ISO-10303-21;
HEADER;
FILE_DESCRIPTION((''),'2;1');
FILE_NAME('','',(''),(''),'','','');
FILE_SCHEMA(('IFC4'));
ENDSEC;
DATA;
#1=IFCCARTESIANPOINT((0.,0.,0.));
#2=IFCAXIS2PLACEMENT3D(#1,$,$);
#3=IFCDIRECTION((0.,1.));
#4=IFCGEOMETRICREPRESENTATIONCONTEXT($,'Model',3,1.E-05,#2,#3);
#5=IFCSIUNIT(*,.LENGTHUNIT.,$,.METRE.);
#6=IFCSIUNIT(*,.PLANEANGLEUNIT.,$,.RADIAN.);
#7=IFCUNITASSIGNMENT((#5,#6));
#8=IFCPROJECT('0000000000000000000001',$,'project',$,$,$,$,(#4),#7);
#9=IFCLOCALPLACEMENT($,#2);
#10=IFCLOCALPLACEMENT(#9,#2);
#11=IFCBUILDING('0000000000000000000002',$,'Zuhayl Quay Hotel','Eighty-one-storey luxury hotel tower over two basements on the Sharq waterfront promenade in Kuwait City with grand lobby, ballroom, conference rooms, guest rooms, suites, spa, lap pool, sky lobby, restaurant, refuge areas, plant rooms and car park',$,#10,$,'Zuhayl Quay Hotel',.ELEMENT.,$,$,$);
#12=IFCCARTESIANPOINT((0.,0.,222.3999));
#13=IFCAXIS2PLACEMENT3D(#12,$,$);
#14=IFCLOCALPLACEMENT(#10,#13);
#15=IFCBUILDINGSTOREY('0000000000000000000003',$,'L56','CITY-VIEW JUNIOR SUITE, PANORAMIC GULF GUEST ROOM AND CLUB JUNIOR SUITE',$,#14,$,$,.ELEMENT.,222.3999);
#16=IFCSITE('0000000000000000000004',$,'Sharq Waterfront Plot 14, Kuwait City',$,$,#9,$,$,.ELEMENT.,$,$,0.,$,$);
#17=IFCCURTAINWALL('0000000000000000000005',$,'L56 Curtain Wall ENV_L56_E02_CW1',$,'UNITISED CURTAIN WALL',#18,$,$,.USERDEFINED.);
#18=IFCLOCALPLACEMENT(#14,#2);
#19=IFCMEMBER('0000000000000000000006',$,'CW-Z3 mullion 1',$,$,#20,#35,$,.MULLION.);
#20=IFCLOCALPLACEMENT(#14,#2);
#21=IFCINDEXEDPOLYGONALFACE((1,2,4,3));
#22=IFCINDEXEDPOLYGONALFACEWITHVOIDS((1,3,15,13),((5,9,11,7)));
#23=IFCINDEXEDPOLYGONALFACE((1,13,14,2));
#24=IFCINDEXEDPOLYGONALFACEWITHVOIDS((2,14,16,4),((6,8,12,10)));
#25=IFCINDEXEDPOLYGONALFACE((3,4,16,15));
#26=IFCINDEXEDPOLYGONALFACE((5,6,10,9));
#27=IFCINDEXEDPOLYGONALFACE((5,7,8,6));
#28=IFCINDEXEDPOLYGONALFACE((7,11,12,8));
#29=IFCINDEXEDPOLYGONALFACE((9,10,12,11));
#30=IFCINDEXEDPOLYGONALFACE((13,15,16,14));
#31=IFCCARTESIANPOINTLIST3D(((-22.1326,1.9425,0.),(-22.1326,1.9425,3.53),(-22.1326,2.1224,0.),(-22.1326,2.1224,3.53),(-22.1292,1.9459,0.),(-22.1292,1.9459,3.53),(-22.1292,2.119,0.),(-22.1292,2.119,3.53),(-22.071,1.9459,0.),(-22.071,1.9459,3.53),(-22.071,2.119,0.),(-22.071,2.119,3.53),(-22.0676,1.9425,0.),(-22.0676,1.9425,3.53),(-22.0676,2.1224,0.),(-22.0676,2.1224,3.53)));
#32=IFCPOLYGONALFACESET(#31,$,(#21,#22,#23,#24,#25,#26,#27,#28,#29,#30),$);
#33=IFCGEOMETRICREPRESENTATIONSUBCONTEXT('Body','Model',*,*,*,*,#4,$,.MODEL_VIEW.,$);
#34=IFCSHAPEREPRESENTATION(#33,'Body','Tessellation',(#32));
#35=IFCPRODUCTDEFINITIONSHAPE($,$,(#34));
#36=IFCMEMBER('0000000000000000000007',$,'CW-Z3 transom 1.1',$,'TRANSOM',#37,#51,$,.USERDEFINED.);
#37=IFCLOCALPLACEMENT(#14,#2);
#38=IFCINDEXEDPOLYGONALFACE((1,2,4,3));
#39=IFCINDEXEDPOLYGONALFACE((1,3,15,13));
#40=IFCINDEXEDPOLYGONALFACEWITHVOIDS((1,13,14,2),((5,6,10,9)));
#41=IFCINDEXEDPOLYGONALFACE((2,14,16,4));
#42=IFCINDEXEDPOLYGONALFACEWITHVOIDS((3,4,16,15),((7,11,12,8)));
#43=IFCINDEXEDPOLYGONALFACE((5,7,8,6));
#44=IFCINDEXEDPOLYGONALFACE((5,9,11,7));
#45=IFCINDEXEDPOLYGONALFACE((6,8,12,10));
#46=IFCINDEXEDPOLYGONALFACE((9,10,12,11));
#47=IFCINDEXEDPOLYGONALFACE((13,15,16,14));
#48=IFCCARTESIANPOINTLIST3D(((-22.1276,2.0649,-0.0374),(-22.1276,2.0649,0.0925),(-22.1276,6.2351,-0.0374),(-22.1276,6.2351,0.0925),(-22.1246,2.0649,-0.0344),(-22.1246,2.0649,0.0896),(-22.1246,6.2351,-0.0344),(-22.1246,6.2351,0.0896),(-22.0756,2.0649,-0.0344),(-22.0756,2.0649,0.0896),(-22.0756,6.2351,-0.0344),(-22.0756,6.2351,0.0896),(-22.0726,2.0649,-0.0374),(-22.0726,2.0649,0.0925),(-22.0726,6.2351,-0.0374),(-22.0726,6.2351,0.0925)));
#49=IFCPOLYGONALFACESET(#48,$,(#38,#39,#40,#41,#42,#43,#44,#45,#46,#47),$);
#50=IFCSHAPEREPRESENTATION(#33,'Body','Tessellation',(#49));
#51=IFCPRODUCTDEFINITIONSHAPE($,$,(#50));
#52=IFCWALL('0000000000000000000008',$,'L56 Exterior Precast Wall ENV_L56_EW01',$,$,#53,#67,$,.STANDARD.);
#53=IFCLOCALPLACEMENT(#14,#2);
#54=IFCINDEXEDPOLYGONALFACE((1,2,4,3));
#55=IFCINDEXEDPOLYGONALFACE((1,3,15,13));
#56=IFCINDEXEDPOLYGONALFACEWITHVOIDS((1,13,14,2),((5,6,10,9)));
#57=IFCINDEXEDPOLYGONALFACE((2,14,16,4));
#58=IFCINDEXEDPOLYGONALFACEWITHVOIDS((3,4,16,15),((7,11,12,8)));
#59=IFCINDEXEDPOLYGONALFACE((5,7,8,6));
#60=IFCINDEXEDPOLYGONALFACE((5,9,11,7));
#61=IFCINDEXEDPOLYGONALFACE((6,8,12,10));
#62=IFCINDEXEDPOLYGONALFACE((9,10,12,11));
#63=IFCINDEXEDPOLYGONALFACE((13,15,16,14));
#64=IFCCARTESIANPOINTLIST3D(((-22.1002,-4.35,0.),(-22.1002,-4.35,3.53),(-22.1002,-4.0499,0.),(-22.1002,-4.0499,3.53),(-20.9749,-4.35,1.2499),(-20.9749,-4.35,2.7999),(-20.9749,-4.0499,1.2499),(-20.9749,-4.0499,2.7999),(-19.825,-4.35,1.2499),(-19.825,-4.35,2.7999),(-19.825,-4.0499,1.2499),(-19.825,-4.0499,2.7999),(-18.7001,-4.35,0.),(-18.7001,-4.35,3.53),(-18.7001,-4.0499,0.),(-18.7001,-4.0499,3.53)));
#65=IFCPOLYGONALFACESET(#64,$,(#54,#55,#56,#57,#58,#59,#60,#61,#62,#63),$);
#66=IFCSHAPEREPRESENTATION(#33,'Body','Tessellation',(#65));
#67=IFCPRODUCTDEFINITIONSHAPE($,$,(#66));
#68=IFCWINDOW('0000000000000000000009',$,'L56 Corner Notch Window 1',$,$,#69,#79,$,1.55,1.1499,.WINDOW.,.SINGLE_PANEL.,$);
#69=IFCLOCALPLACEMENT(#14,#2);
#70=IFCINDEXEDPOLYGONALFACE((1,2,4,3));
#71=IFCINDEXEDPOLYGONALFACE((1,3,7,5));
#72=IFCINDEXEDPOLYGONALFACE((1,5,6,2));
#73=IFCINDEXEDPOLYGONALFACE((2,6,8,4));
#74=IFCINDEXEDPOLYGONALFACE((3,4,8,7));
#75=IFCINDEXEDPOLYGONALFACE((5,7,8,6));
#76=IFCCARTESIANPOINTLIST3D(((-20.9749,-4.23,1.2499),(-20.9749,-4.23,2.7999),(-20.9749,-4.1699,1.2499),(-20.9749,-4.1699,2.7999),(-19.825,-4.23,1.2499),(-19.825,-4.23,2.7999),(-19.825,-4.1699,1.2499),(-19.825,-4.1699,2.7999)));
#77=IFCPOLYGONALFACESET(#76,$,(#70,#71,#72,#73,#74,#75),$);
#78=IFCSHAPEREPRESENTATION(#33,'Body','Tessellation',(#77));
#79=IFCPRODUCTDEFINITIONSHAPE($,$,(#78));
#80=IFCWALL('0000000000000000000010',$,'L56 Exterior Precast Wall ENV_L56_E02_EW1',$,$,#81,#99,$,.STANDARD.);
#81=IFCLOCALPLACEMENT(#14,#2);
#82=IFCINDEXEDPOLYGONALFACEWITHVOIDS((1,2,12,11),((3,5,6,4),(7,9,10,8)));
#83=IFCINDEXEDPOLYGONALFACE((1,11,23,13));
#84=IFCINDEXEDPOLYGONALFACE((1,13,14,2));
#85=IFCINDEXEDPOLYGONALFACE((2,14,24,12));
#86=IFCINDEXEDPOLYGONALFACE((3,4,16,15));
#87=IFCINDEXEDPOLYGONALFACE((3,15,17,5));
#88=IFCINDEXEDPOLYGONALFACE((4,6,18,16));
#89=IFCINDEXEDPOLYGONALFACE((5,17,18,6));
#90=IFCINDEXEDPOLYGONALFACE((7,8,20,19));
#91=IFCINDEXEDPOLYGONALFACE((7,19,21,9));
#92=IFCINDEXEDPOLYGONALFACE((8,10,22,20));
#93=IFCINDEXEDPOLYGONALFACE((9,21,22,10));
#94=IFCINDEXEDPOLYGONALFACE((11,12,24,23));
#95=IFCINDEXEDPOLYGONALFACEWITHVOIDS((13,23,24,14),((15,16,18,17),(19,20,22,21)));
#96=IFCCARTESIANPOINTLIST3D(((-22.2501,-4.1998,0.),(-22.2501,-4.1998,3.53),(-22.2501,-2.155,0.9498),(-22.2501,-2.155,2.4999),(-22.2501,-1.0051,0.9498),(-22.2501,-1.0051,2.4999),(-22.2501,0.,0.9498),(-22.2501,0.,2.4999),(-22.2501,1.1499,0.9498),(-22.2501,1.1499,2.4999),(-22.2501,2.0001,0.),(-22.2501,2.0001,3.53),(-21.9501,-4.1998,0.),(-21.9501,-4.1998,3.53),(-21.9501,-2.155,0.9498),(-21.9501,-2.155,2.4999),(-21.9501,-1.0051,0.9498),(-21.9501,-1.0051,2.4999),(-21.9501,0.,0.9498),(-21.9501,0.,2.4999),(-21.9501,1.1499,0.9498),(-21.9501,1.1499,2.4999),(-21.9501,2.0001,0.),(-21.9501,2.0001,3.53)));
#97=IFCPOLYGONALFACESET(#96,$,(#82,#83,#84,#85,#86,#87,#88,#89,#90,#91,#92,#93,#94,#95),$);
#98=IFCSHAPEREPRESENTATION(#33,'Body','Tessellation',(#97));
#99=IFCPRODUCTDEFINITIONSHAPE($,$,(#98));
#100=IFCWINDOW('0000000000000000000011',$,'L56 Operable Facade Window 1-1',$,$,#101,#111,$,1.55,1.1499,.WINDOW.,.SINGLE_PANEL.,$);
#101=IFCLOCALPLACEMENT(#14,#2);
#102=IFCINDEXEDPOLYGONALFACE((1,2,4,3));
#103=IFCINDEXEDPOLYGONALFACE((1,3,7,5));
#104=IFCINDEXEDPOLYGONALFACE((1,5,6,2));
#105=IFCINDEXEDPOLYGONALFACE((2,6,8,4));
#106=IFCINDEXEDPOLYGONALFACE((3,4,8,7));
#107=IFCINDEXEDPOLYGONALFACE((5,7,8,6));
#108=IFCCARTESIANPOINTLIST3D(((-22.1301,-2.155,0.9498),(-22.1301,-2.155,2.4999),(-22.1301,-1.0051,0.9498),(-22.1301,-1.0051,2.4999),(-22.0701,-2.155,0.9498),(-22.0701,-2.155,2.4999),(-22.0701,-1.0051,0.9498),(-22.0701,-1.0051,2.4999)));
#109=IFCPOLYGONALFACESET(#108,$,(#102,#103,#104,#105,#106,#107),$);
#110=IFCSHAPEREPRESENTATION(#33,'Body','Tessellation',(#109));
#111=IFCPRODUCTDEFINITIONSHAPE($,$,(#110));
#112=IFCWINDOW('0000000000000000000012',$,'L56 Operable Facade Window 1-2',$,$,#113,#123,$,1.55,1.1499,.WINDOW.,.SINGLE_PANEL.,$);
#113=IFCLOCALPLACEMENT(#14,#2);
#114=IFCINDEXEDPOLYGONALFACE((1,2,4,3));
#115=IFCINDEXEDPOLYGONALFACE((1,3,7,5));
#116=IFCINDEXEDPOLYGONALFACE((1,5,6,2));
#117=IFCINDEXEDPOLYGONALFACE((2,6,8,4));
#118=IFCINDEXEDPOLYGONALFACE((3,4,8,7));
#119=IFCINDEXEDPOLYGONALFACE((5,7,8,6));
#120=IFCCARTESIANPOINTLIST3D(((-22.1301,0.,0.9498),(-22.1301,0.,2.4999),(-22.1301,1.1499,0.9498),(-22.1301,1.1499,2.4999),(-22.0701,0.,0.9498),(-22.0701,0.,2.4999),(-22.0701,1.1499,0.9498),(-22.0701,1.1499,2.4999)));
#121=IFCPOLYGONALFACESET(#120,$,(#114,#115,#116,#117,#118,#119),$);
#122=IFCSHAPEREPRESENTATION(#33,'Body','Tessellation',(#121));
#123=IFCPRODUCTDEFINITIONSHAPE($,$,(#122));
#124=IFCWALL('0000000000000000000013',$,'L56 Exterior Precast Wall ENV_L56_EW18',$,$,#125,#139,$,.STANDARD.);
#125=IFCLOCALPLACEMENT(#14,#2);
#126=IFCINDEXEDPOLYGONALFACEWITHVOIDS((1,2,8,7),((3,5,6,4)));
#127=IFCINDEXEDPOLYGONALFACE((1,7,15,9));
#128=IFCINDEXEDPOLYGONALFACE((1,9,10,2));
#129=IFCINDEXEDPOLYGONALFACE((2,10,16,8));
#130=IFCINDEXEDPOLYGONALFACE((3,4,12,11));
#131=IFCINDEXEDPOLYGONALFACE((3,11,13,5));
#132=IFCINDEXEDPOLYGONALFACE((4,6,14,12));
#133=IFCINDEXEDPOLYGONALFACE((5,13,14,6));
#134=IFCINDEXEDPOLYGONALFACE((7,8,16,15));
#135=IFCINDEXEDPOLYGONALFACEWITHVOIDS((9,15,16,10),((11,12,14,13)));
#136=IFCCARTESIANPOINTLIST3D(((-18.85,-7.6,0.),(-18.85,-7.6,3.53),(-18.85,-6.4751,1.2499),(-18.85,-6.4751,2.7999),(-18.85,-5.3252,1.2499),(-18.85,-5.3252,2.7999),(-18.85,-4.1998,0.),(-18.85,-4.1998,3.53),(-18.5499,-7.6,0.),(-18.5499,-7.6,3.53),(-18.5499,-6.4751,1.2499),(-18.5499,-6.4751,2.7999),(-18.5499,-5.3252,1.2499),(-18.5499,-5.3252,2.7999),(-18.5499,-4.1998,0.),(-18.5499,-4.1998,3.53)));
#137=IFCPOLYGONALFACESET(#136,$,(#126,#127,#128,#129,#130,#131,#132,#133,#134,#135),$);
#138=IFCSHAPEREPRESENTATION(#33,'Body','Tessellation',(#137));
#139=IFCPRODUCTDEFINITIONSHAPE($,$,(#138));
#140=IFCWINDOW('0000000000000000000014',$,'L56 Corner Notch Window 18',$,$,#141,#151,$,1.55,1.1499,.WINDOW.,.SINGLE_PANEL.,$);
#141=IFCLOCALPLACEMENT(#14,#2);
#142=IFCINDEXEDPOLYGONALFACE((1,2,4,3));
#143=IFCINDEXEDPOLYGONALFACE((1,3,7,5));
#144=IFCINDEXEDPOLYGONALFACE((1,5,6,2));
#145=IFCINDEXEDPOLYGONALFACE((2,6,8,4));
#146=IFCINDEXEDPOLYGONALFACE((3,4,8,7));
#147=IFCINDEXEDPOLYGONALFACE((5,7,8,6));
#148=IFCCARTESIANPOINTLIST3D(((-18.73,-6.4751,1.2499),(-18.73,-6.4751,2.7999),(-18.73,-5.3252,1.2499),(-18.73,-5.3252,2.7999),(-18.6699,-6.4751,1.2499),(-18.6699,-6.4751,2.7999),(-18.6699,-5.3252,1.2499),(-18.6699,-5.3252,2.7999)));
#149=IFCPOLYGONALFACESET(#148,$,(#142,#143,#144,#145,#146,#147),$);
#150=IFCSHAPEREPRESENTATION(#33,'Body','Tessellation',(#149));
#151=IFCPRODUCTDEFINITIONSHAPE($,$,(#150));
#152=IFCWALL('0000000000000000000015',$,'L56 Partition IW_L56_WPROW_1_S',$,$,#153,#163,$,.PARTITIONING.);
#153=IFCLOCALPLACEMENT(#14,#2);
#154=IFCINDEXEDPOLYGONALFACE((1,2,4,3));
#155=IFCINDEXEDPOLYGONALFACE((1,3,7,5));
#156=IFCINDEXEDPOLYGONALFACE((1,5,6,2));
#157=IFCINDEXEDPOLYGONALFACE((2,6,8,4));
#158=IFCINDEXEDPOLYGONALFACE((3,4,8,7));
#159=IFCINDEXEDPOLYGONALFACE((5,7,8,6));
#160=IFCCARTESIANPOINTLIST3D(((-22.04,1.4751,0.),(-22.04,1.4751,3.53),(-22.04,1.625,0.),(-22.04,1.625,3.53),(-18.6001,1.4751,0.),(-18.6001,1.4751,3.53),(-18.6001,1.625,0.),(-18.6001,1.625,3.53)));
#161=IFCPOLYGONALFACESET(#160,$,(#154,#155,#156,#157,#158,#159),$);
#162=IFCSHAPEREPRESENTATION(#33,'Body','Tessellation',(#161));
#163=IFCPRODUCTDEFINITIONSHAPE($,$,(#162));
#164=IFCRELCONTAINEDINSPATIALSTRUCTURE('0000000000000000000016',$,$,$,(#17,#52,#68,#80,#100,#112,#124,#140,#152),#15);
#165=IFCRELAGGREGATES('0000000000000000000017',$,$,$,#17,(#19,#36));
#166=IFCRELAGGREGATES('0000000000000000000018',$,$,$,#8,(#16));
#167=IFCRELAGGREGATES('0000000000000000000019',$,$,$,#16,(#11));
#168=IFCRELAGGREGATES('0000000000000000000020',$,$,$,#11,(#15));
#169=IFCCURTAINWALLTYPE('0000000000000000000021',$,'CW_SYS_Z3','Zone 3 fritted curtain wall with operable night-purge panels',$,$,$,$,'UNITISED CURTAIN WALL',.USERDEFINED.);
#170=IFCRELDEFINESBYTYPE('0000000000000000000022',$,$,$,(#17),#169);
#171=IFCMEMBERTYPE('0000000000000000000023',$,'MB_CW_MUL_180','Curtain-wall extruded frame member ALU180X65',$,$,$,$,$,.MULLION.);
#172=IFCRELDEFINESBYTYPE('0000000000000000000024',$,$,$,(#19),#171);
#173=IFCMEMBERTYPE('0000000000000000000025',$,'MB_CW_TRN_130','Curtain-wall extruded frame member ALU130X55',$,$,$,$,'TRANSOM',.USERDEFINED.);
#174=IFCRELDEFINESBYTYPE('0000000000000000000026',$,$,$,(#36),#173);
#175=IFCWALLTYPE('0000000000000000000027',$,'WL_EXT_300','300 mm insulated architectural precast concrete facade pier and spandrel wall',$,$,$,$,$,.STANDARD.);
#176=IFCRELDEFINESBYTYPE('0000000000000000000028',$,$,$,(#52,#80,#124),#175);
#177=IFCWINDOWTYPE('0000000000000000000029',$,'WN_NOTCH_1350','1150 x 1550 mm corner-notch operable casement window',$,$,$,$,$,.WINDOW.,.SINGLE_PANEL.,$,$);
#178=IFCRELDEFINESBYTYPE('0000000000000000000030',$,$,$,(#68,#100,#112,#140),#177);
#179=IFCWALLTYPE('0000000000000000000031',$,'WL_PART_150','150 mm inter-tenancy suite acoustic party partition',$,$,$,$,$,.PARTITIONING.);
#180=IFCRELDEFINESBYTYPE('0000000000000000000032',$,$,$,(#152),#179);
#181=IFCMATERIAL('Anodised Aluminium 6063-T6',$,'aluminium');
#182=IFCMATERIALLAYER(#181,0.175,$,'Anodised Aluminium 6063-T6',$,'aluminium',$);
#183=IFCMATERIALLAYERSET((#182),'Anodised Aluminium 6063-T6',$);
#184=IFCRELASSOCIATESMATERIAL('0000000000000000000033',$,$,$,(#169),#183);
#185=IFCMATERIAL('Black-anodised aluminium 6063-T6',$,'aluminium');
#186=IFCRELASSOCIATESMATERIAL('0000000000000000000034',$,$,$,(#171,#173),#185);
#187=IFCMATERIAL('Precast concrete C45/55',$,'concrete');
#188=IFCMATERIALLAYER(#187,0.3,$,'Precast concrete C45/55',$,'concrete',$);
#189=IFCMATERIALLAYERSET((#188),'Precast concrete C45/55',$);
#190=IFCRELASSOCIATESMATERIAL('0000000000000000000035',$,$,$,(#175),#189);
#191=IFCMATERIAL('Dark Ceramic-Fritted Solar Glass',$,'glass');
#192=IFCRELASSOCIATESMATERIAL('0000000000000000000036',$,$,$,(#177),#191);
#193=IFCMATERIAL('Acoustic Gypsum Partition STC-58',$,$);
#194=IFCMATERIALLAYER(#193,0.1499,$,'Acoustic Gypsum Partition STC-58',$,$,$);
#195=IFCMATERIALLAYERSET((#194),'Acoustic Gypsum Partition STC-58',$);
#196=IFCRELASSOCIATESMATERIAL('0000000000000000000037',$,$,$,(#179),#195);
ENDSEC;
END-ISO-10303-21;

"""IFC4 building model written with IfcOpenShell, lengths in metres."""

from ifc_helpers import new_model, si_unit, direction, frame, frame_2d, origin, origin_2d, place, context, subcontext, project, spatial, rectangle, hollow_rectangle, extrude, material, layer, layer_set, material_profile, profile_set, type_object, element, fill, aggregate, save


model = new_model("IFC4")

# Units and contexts
model_context = context("Model", 3, precision=1e-05, world=origin(), true_north=direction((0.0, 1.0)))
body_context = subcontext(model_context, "Body", "Model", "MODEL_VIEW")
ifc_project = project(units=[si_unit("LENGTHUNIT", "METRE"), si_unit("PLANEANGLEUNIT", "RADIAN")], contexts=[model_context])

# Site, building, storey
site_placement = place(None, origin())
site = spatial("IfcSite", under=ifc_project, at=site_placement, Name="Sharq Waterfront Plot 14, Kuwait City", CompositionType="ELEMENT", RefElevation=0.0)
building_placement = place(site_placement, origin())
building = spatial("IfcBuilding", under=site, at=building_placement, Name="Zuhayl Quay Hotel", Description="Eighty-one-storey luxury hotel tower over two basements on the Sharq waterfront promenade in Kuwait City with grand lobby, ballroom, conference rooms, guest rooms, suites, spa, lap pool, sky lobby, restaurant, refuge areas, plant rooms and car park", LongName="Zuhayl Quay Hotel", CompositionType="ELEMENT")
storey_placement = place(building_placement, frame((0.0, 0.0, 222.3999)))
storey = spatial("IfcBuildingStorey", under=building, at=storey_placement, Name="L56", Description="CITY-VIEW JUNIOR SUITE, PANORAMIC GULF GUEST ROOM AND CLUB JUNIOR SUITE", CompositionType="ELEMENT", Elevation=222.3999)

# Curtain wall, members
ifc_material_1 = material(Name="Anodised Aluminium 6063-T6", Category="aluminium")
ifc_layer_1 = layer(ifc_material_1, 0.175, Name="Anodised Aluminium 6063-T6", Category="aluminium")
ifc_layer_set_1 = layer_set([ifc_layer_1], Name="Anodised Aluminium 6063-T6")
curtain_wall_type = type_object("IfcCurtainWallType", Name="CW_SYS_Z3", Description="Zone 3 fritted curtain wall with operable night-purge panels", ElementType="UNITISED CURTAIN WALL", PredefinedType="USERDEFINED", material=ifc_layer_set_1)
curtain_wall_placement = place(storey_placement, origin())
curtain_wall = element("IfcCurtainWall", 1, at=curtain_wall_placement, inside=storey, type_object=curtain_wall_type, Name="L56 Curtain Wall ENV_L56_E02_CW1", ObjectType="UNITISED CURTAIN WALL", PredefinedType="USERDEFINED")
ifc_material_2 = material(Name="Black-anodised aluminium 6063-T6", Category="aluminium")
ifc_material_profile_1 = material_profile(ifc_material_2, hollow_rectangle(XDim=0.0649, YDim=0.1799, WallThickness=0.0034, at=origin_2d()), Name="ALU180X65")
ifc_profile_set_1 = profile_set([ifc_material_profile_1], Name="Black-anodised aluminium 6063-T6")
member_type_1 = type_object("IfcMemberType", Name="MB_CW_MUL_180", Description="Curtain-wall extruded frame member ALU180X65", PredefinedType="MULLION", material=ifc_profile_set_1)
member_1_placement = place(storey_placement, frame((-22.1001, 2.0325, 0.0), z_axis=(0.0, 0.0, 1.0), x_axis=(-1.0, 0.0, 0.0)))
member_1 = element("IfcMember", 2, at=member_1_placement, type_object=member_type_1, Name="CW-Z3 mullion 1", PredefinedType="MULLION", context=body_context, shape_type="SweptSolid", body=[
    extrude(hollow_rectangle(XDim=0.0649, YDim=0.1799, WallThickness=0.0034, at=origin_2d()), origin(), (0.0, 0.0, 1.0), 3.53),
])
ifc_material_profile_2 = material_profile(ifc_material_2, hollow_rectangle(XDim=0.0549, YDim=0.1299, WallThickness=0.0029, at=origin_2d()), Name="ALU130X55")
ifc_profile_set_2 = profile_set([ifc_material_profile_2], Name="Black-anodised aluminium 6063-T6")
member_type_2 = type_object("IfcMemberType", Name="MB_CW_TRN_130", Description="Curtain-wall extruded frame member ALU130X55", ElementType="TRANSOM", PredefinedType="USERDEFINED", material=ifc_profile_set_2)
member_2_placement = place(storey_placement, frame((-22.1001, 2.0649, 0.0276), z_axis=(0.0, 1.0, 0.0), x_axis=(-1.0, 0.0, 0.0)))
member_2 = element("IfcMember", 3, at=member_2_placement, type_object=member_type_2, Name="CW-Z3 transom 1.1", ObjectType="TRANSOM", PredefinedType="USERDEFINED", context=body_context, shape_type="SweptSolid", body=[
    extrude(hollow_rectangle(XDim=0.0549, YDim=0.1299, WallThickness=0.0029, at=origin_2d()), origin(), (0.0, 0.0, 1.0), 4.1702),
])
aggregate(curtain_wall, [member_1, member_2])

# Wall, opening, window
ifc_material_3 = material(Name="Precast concrete C45/55", Category="concrete")
ifc_layer_2 = layer(ifc_material_3, 0.3, Name="Precast concrete C45/55", Category="concrete")
ifc_layer_set_2 = layer_set([ifc_layer_2], Name="Precast concrete C45/55")
wall_type_1 = type_object("IfcWallType", Name="WL_EXT_300", Description="300 mm insulated architectural precast concrete facade pier and spandrel wall", PredefinedType="STANDARD", material=ifc_layer_set_2)
wall_1_placement = place(storey_placement, frame((-18.7, -4.2, 0.0), z_axis=(0.0, 0.0, 1.0), x_axis=(-1.0, 0.0, 0.0)))
wall_1 = element("IfcWall", 4, at=wall_1_placement, inside=storey, type_object=wall_type_1, Name="L56 Exterior Precast Wall ENV_L56_EW01", PredefinedType="STANDARD", context=body_context, shape_type="SweptSolid", body=[
    extrude(rectangle(XDim=3.4001, YDim=0.3, at=frame_2d((1.7002, 0.0))), origin(), (0.0, 0.0, 1.0), 3.53),
])
opening_1_placement = place(wall_1_placement, frame((1.125, 0.0, 1.25)))
opening_1 = element("IfcOpeningElement", 5, at=opening_1_placement, cuts=wall_1, PredefinedType="OPENING", context=body_context, shape_type="SweptSolid", body=[
    extrude(rectangle(XDim=1.1499, YDim=1.55, at=frame_2d((0.575, 0.7749))), frame((0.0, 0.1599, 0.0), z_axis=(0.0, -1.0, 0.0), x_axis=(1.0, 0.0, 0.0)), (0.0, 0.0, 1.0), 0.3201),
])
ifc_material_4 = material(Name="Dark Ceramic-Fritted Solar Glass", Category="glass")
window_type = type_object("IfcWindowType", Name="WN_NOTCH_1350", Description="1150 x 1550 mm corner-notch operable casement window", PartitioningType="SINGLE_PANEL", PredefinedType="WINDOW", material=ifc_material_4)
window_1_placement = place(opening_1_placement, origin())
window_1 = element("IfcWindow", 6, at=window_1_placement, inside=storey, type_object=window_type, Name="L56 Corner Notch Window 1", OverallHeight=1.55, OverallWidth=1.1499, PartitioningType="SINGLE_PANEL", PredefinedType="WINDOW", context=body_context, shape_type="SweptSolid", body=[
    extrude(rectangle(XDim=1.1499, YDim=1.55, at=frame_2d((0.575, 0.7749))), frame((0.0, 0.03, 0.0), z_axis=(0.0, -1.0, 0.0), x_axis=(1.0, 0.0, 0.0)), (0.0, 0.0, 1.0), 0.0601),
])
fill(opening_1, window_1)

# Wall, openings, windows
wall_2_placement = place(storey_placement, frame((-22.1001, -4.2, 0.0), z_axis=(0.0, 0.0, 1.0), x_axis=(0.0, 1.0, 0.0)))
wall_2 = element("IfcWall", 7, at=wall_2_placement, inside=storey, type_object=wall_type_1, Name="L56 Exterior Precast Wall ENV_L56_E02_EW1", PredefinedType="STANDARD", context=body_context, shape_type="SweptSolid", body=[
    extrude(rectangle(XDim=6.2, YDim=0.3, at=frame_2d((3.1001, 0.0))), origin(), (0.0, 0.0, 1.0), 3.53),
])
opening_2_placement = place(wall_2_placement, frame((2.0449, 0.0, 0.95)))
opening_2 = element("IfcOpeningElement", 8, at=opening_2_placement, cuts=wall_2, PredefinedType="OPENING", context=body_context, shape_type="SweptSolid", body=[
    extrude(rectangle(XDim=1.1499, YDim=1.55, at=frame_2d((0.575, 0.7749))), frame((0.0, 0.1599, 0.0), z_axis=(0.0, -1.0, 0.0), x_axis=(1.0, 0.0, 0.0)), (0.0, 0.0, 1.0), 0.3201),
])
opening_3_placement = place(wall_2_placement, frame((4.2, 0.0, 0.95)))
opening_3 = element("IfcOpeningElement", 9, at=opening_3_placement, cuts=wall_2, PredefinedType="OPENING", context=body_context, shape_type="SweptSolid", body=[
    extrude(rectangle(XDim=1.1499, YDim=1.55, at=frame_2d((0.575, 0.7749))), frame((0.0, 0.1599, 0.0), z_axis=(0.0, -1.0, 0.0), x_axis=(1.0, 0.0, 0.0)), (0.0, 0.0, 1.0), 0.3201),
])
window_2_placement = place(opening_2_placement, origin())
window_2 = element("IfcWindow", 10, at=window_2_placement, inside=storey, type_object=window_type, Name="L56 Operable Facade Window 1-1", OverallHeight=1.55, OverallWidth=1.1499, PartitioningType="SINGLE_PANEL", PredefinedType="WINDOW", context=body_context, shape_type="SweptSolid", body=[
    extrude(rectangle(XDim=1.1499, YDim=1.55, at=frame_2d((0.575, 0.7749))), frame((0.0, 0.03, 0.0), z_axis=(0.0, -1.0, 0.0), x_axis=(1.0, 0.0, 0.0)), (0.0, 0.0, 1.0), 0.0601),
])
fill(opening_2, window_2)
window_3_placement = place(opening_3_placement, origin())
window_3 = element("IfcWindow", 11, at=window_3_placement, inside=storey, type_object=window_type, Name="L56 Operable Facade Window 1-2", OverallHeight=1.55, OverallWidth=1.1499, PartitioningType="SINGLE_PANEL", PredefinedType="WINDOW", context=body_context, shape_type="SweptSolid", body=[
    extrude(rectangle(XDim=1.1499, YDim=1.55, at=frame_2d((0.575, 0.7749))), frame((0.0, 0.03, 0.0), z_axis=(0.0, -1.0, 0.0), x_axis=(1.0, 0.0, 0.0)), (0.0, 0.0, 1.0), 0.0601),
])
fill(opening_3, window_3)

# Wall, opening, window
wall_3_placement = place(storey_placement, frame((-18.7, -7.6001, 0.0), z_axis=(0.0, 0.0, 1.0), x_axis=(0.0, 1.0, 0.0)))
wall_3 = element("IfcWall", 12, at=wall_3_placement, inside=storey, type_object=wall_type_1, Name="L56 Exterior Precast Wall ENV_L56_EW18", PredefinedType="STANDARD", context=body_context, shape_type="SweptSolid", body=[
    extrude(rectangle(XDim=3.4001, YDim=0.3, at=frame_2d((1.7002, 0.0))), origin(), (0.0, 0.0, 1.0), 3.53),
])
opening_4_placement = place(wall_3_placement, frame((1.125, 0.0, 1.25)))
opening_4 = element("IfcOpeningElement", 13, at=opening_4_placement, cuts=wall_3, PredefinedType="OPENING", context=body_context, shape_type="SweptSolid", body=[
    extrude(rectangle(XDim=1.1499, YDim=1.55, at=frame_2d((0.575, 0.7749))), frame((0.0, 0.1599, 0.0), z_axis=(0.0, -1.0, 0.0), x_axis=(1.0, 0.0, 0.0)), (0.0, 0.0, 1.0), 0.3201),
])
window_4_placement = place(opening_4_placement, origin())
window_4 = element("IfcWindow", 14, at=window_4_placement, inside=storey, type_object=window_type, Name="L56 Corner Notch Window 18", OverallHeight=1.55, OverallWidth=1.1499, PartitioningType="SINGLE_PANEL", PredefinedType="WINDOW", context=body_context, shape_type="SweptSolid", body=[
    extrude(rectangle(XDim=1.1499, YDim=1.55, at=frame_2d((0.575, 0.7749))), frame((0.0, 0.03, 0.0), z_axis=(0.0, -1.0, 0.0), x_axis=(1.0, 0.0, 0.0)), (0.0, 0.0, 1.0), 0.0601),
])
fill(opening_4, window_4)

# Wall
ifc_material_5 = material(Name="Acoustic Gypsum Partition STC-58")
ifc_layer_3 = layer(ifc_material_5, 0.1499, Name="Acoustic Gypsum Partition STC-58")
ifc_layer_set_3 = layer_set([ifc_layer_3], Name="Acoustic Gypsum Partition STC-58")
wall_type_2 = type_object("IfcWallType", Name="WL_PART_150", Description="150 mm inter-tenancy suite acoustic party partition", PredefinedType="PARTITIONING", material=ifc_layer_set_3)
wall_4_placement = place(storey_placement, frame((-22.04, 1.55, 0.0), z_axis=(0.0, 0.0, 1.0), x_axis=(1.0, 0.0, 0.0)))
element("IfcWall", 15, at=wall_4_placement, inside=storey, type_object=wall_type_2, Name="L56 Partition IW_L56_WPROW_1_S", PredefinedType="PARTITIONING", context=body_context, shape_type="SweptSolid", body=[
    extrude(rectangle(XDim=3.4399, YDim=0.1499, at=frame_2d((1.72, 0.0))), origin(), (0.0, 0.0, 1.0), 3.53),
])

save(model, "model.ifc")
